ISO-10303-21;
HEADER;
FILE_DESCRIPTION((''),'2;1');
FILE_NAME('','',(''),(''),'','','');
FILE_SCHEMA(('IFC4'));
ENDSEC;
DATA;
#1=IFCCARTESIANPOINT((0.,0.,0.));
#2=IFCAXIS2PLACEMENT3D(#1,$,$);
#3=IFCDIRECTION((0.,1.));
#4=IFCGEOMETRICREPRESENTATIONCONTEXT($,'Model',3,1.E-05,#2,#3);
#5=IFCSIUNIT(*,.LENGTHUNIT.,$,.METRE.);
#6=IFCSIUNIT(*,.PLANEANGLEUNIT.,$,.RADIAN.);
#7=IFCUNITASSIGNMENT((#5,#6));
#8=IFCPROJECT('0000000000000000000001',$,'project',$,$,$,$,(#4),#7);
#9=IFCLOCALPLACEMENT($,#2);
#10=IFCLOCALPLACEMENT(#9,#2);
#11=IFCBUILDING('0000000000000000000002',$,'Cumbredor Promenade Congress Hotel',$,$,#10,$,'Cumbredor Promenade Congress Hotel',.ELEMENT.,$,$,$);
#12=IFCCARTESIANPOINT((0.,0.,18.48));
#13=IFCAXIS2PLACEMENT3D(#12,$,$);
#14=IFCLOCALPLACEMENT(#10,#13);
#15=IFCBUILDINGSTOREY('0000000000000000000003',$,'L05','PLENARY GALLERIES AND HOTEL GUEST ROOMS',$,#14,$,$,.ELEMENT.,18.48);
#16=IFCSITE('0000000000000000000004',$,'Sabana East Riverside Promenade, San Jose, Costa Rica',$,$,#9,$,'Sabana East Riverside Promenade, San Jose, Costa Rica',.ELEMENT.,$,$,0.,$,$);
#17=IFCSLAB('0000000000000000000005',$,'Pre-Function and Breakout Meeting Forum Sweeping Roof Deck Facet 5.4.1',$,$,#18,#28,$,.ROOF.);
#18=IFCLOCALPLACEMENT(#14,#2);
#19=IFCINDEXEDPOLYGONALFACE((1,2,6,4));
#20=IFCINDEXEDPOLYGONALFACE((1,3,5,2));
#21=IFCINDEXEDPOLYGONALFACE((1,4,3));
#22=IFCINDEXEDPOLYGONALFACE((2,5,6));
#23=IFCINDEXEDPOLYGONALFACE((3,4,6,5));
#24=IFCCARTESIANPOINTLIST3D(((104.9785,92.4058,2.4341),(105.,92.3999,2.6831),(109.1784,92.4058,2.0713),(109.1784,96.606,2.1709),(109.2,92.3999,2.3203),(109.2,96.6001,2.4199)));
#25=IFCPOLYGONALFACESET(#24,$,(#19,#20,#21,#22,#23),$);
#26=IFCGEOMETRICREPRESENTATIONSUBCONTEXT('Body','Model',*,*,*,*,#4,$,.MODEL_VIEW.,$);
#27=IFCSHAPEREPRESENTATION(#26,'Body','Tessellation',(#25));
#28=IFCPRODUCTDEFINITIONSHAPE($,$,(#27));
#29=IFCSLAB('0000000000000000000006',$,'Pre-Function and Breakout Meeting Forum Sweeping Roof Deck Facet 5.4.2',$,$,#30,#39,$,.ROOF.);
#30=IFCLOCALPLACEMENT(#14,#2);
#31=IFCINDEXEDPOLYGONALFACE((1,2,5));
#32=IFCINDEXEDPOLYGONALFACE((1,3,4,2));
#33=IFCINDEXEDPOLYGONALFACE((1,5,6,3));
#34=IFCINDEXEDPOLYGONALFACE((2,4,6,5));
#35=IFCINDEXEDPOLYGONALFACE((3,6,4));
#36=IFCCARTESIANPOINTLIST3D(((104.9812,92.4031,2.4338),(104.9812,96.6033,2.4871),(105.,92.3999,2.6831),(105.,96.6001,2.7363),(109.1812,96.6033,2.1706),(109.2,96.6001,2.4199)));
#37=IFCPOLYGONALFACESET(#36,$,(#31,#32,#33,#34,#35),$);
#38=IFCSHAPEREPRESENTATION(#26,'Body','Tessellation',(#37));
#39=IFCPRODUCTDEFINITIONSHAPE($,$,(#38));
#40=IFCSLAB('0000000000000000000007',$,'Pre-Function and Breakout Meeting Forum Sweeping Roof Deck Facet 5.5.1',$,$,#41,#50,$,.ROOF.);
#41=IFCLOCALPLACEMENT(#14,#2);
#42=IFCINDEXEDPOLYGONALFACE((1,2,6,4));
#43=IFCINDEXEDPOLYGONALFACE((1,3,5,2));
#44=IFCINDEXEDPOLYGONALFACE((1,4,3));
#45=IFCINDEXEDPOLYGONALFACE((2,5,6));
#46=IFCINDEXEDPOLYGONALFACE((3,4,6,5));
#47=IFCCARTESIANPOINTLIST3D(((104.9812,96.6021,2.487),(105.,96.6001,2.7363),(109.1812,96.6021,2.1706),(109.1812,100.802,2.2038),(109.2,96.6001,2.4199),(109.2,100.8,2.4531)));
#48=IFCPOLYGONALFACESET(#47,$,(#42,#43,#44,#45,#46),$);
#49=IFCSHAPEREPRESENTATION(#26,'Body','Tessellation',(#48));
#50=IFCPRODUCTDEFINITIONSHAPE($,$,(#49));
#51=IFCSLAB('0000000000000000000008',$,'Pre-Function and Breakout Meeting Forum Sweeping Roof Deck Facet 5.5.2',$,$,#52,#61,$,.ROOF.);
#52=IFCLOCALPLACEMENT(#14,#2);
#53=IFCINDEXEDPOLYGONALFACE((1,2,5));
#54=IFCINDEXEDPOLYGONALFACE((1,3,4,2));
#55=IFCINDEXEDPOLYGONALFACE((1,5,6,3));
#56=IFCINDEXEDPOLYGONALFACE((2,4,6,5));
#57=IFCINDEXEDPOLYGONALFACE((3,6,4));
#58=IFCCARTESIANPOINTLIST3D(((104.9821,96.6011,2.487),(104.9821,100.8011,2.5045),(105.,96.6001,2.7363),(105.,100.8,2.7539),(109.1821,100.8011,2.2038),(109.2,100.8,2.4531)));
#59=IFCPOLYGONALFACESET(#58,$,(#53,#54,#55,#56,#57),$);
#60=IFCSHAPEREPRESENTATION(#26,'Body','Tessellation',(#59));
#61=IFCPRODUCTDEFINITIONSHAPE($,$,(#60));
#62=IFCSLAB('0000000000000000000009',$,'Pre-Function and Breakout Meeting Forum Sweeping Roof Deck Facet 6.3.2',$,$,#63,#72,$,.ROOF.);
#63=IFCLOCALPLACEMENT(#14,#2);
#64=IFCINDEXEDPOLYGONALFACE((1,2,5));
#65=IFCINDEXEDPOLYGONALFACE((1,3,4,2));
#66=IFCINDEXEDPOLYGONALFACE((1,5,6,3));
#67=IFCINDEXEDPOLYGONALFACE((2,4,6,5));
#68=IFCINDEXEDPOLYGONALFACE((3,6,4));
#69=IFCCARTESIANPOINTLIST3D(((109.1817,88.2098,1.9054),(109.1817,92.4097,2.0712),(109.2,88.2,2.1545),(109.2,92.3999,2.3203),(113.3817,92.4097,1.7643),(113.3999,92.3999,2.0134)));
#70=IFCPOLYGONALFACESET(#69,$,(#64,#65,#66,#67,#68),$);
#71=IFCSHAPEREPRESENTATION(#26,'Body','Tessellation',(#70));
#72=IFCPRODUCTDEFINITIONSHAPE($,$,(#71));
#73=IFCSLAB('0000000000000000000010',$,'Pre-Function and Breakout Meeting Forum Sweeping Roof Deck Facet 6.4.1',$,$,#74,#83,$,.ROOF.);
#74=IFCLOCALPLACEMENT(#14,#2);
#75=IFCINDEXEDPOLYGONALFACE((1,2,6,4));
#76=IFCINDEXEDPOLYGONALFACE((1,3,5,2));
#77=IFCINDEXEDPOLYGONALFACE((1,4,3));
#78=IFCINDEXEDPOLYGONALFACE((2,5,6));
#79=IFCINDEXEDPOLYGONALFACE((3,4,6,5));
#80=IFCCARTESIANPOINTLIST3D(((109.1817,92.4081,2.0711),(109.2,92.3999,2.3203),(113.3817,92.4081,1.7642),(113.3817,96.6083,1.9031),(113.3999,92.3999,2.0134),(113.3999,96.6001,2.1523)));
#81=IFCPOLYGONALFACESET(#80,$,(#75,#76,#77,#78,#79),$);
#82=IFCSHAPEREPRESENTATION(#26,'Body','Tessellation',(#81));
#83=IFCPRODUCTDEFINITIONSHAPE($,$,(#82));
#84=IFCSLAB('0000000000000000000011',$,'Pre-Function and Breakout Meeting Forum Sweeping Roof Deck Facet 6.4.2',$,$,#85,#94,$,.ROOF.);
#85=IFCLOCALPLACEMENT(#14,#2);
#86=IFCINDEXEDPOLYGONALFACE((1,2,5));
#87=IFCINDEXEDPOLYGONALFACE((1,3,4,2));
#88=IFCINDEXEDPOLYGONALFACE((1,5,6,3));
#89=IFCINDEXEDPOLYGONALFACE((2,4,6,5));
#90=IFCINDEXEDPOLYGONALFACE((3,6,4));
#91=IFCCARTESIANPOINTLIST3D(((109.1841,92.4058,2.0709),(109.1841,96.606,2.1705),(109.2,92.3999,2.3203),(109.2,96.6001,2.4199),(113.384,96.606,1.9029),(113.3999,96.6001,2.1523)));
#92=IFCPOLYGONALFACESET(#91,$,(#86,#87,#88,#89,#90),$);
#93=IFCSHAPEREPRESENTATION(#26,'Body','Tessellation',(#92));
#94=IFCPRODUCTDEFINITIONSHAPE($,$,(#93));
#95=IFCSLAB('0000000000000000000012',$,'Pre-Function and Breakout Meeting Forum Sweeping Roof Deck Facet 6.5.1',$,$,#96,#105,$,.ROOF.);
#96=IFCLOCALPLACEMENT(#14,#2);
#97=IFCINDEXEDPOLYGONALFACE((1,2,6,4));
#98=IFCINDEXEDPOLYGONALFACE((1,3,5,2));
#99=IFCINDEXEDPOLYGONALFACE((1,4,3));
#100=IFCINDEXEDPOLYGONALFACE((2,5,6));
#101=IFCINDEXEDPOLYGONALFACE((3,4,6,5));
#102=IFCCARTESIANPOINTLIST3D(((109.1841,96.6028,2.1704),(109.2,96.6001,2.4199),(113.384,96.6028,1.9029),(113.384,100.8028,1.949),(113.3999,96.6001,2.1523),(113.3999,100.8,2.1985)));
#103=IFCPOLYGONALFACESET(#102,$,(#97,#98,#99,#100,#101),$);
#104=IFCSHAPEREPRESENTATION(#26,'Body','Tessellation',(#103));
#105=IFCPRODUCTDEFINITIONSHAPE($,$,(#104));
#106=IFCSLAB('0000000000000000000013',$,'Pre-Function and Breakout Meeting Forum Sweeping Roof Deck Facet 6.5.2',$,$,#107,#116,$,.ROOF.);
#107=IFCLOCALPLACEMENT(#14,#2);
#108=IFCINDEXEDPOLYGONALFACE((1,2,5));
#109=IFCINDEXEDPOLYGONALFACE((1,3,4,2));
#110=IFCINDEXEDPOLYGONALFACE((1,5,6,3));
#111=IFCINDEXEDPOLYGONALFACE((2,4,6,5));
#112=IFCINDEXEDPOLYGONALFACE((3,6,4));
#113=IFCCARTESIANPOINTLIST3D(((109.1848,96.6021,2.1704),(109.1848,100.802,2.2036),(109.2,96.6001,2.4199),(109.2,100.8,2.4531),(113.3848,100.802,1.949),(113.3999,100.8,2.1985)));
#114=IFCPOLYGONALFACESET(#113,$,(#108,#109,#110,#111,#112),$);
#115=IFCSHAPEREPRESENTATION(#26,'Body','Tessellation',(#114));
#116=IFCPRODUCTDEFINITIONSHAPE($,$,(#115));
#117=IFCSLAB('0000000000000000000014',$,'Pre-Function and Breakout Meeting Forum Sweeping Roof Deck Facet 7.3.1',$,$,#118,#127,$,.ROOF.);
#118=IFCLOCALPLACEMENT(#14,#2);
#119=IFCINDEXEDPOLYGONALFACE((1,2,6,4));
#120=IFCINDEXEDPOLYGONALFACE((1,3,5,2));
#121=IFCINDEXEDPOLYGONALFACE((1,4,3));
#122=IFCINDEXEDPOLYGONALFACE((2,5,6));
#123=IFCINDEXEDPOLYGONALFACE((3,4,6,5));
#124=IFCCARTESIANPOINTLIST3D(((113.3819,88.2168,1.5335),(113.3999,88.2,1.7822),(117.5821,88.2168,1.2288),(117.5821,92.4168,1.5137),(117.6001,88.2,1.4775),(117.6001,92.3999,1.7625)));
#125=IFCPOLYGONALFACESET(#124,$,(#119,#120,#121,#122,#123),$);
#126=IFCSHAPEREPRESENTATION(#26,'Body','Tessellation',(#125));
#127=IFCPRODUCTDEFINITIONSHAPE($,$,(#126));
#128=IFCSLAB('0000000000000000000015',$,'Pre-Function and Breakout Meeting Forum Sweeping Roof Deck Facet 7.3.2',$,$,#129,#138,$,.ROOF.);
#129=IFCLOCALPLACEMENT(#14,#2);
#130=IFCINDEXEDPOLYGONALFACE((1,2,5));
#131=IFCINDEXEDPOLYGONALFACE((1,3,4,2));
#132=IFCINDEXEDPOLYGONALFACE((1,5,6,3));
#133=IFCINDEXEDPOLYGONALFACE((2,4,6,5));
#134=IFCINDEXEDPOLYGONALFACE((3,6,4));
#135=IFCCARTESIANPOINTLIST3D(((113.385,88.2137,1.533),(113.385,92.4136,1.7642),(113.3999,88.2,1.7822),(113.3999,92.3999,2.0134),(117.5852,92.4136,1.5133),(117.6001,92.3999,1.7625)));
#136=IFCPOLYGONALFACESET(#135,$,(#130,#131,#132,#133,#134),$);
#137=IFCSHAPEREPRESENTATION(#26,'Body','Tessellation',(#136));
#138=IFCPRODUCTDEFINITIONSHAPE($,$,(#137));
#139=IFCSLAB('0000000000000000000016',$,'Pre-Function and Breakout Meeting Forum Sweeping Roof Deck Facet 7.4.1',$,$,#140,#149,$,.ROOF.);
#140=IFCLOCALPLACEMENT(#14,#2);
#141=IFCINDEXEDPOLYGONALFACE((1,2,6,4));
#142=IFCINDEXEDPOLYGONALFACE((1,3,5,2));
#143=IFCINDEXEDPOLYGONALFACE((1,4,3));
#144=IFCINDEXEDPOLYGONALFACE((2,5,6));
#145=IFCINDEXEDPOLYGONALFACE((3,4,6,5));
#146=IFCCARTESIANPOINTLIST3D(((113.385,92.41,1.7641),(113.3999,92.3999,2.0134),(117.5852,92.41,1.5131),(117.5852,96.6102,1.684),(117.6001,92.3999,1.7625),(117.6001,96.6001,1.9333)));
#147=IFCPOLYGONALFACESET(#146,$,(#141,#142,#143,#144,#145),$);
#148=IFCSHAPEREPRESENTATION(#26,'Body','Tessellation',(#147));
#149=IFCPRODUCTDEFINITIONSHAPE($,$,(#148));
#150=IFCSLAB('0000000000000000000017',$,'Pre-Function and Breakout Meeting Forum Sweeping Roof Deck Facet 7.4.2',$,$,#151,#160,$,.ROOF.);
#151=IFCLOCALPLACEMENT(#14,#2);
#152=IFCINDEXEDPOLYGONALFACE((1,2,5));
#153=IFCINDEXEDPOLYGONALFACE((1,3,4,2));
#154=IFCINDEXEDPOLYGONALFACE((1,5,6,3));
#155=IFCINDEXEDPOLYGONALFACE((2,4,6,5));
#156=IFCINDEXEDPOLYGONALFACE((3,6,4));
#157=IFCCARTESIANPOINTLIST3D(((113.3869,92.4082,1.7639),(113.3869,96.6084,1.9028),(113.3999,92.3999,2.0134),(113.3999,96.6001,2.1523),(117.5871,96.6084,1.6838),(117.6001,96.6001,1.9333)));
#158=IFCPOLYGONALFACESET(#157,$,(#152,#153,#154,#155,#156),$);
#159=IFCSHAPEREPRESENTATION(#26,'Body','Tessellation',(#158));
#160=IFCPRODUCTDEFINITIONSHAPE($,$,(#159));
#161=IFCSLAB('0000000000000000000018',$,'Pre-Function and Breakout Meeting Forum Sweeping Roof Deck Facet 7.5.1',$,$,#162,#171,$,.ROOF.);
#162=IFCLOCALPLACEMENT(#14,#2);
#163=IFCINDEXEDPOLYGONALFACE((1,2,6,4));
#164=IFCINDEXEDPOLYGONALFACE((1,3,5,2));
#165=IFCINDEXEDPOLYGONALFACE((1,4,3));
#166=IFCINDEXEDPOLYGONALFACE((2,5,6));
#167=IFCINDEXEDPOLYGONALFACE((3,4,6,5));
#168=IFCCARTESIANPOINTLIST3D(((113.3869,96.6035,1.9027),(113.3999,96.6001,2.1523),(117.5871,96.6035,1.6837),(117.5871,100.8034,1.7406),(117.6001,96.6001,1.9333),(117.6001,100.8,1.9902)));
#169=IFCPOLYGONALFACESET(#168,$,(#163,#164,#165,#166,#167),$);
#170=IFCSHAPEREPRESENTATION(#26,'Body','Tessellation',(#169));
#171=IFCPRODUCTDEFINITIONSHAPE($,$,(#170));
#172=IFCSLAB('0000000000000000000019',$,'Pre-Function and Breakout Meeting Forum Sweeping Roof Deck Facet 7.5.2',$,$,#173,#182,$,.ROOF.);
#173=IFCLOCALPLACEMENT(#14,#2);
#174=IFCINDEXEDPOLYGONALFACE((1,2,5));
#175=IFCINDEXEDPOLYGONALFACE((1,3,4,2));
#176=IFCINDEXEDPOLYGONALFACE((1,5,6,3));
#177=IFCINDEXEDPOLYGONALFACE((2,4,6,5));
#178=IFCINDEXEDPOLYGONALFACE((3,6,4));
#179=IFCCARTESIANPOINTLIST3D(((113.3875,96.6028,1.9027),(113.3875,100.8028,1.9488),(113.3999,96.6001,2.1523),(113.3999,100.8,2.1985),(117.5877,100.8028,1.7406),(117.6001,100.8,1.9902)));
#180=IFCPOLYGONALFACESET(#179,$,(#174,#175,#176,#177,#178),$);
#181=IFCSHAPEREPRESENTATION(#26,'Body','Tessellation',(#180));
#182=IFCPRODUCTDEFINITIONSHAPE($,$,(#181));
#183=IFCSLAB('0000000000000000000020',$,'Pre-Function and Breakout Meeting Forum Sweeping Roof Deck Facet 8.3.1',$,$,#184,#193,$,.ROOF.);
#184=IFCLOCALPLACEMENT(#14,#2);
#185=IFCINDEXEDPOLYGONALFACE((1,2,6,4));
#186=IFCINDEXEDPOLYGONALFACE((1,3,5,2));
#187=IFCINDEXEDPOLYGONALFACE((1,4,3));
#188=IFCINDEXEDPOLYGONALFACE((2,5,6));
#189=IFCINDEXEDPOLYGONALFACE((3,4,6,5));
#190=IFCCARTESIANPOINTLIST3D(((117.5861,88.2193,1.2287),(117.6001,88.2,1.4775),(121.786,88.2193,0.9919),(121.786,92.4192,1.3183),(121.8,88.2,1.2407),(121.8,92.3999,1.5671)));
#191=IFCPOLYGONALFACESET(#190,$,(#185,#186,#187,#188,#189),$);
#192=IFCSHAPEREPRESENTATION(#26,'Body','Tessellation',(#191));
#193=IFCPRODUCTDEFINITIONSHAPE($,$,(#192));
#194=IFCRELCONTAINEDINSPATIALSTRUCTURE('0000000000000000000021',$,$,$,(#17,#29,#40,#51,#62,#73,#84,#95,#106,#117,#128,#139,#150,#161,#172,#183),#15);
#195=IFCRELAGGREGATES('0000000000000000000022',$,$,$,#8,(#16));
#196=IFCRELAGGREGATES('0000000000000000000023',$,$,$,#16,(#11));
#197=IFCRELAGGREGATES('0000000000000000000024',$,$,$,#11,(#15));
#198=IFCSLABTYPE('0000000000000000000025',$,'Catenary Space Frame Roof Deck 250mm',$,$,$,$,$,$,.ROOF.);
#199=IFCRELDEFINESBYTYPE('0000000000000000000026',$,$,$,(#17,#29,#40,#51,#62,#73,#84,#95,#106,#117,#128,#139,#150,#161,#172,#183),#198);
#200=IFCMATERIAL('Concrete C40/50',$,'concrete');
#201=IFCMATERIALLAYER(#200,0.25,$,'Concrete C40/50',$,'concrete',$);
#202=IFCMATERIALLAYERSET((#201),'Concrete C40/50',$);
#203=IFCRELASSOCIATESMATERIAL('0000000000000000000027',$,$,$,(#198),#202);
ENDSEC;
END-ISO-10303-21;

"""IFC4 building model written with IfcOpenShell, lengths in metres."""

from ifc_helpers import new_model, si_unit, direction, frame, origin, place, context, subcontext, project, spatial, polyline, outline, extrude, material, layer, layer_set, type_object, element, save


model = new_model("IFC4")

# Units and contexts
model_context = context("Model", 3, precision=1e-05, world=origin(), true_north=direction((0.0, 1.0)))
body_context = subcontext(model_context, "Body", "Model", "MODEL_VIEW")
ifc_project = project(units=[si_unit("LENGTHUNIT", "METRE"), si_unit("PLANEANGLEUNIT", "RADIAN")], contexts=[model_context])

# Site, building, storey
site_placement = place(None, origin())
site = spatial("IfcSite", under=ifc_project, at=site_placement, Name="Sabana East Riverside Promenade, San Jose, Costa Rica", LongName="Sabana East Riverside Promenade, San Jose, Costa Rica", CompositionType="ELEMENT", RefElevation=0.0)
building_placement = place(site_placement, origin())
building = spatial("IfcBuilding", under=site, at=building_placement, Name="Cumbredor Promenade Congress Hotel", LongName="Cumbredor Promenade Congress Hotel", CompositionType="ELEMENT")
storey_placement = place(building_placement, frame((0.0, 0.0, 18.48)))
storey = spatial("IfcBuildingStorey", under=building, at=storey_placement, Name="L05", Description="PLENARY GALLERIES AND HOTEL GUEST ROOMS", CompositionType="ELEMENT", Elevation=18.48)

# Slabs
ifc_material_1 = material(Name="Concrete C40/50", Category="concrete")
ifc_layer_1 = layer(ifc_material_1, 0.25, Name="Concrete C40/50", Category="concrete")
ifc_layer_set_1 = layer_set([ifc_layer_1], Name="Concrete C40/50")
slab_type = type_object("IfcSlabType", Name="Catenary Space Frame Roof Deck 250mm", PredefinedType="ROOF", material=ifc_layer_set_1)
slab_1_placement = place(storey_placement, frame((105.0, 92.3999, 2.6831), z_axis=(0.086036, -0.023621, 0.996012), x_axis=(0.99629, 0.0, -0.08606)))
element("IfcSlab", 1, at=slab_1_placement, inside=storey, type_object=slab_type, Name="Pre-Function and Breakout Meeting Forum Sweeping Roof Deck Facet 5.4.1", PredefinedType="ROOF", context=body_context, shape_type="SweptSolid", body=[
    extrude(outline(polyline([(0.0, 0.0), (4.2156, 0.0), (4.207, 4.2014), (0.0, 0.0)])), origin(), (0.0, 0.0, -1.0), 0.25),
])
slab_2_placement = place(storey_placement, frame((105.0, 92.3999, 2.6831), z_axis=(0.075117, -0.012635, 0.997095), x_axis=(0.706393, 0.706434, -0.044265)))
element("IfcSlab", 2, at=slab_2_placement, inside=storey, type_object=slab_type, Name="Pre-Function and Breakout Meeting Forum Sweeping Roof Deck Facet 5.4.2", PredefinedType="ROOF", context=body_context, shape_type="SweptSolid", body=[
    extrude(outline(polyline([(0.0, 0.0), (5.9456, 0.0), (2.9648, 2.9756), (0.0, 0.0)])), origin(), (0.0, 0.0, -1.0), 0.25),
])
slab_3_placement = place(storey_placement, frame((105.0, 96.6001, 2.7363), z_axis=(0.07512, -0.007883, 0.997143), x_axis=(0.997174, 0.0, -0.075123)))
element("IfcSlab", 3, at=slab_3_placement, inside=storey, type_object=slab_type, Name="Pre-Function and Breakout Meeting Forum Sweeping Roof Deck Facet 5.5.1", PredefinedType="ROOF", context=body_context, shape_type="SweptSolid", body=[
    extrude(outline(polyline([(0.0, 0.0), (4.2119, 0.0), (4.2094, 4.2001), (0.0, 0.0)])), origin(), (0.0, 0.0, -1.0), 0.25),
])
slab_4_placement = place(storey_placement, frame((105.0, 96.6001, 2.7363), z_axis=(0.071432, -0.004175, 0.997437), x_axis=(0.706304, 0.706304, -0.047626)))
element("IfcSlab", 4, at=slab_4_placement, inside=storey, type_object=slab_type, Name="Pre-Function and Breakout Meeting Forum Sweeping Roof Deck Facet 5.5.2", PredefinedType="ROOF", context=body_context, shape_type="SweptSolid", body=[
    extrude(outline(polyline([(0.0, 0.0), (5.9464, 0.0), (2.9656, 2.9741), (0.0, 0.0)])), origin(), (0.0, 0.0, -1.0), 0.25),
])
slab_5_placement = place(storey_placement, frame((109.2, 88.2, 2.1545), z_axis=(0.072818, -0.039334, 0.996569), x_axis=(0.706907, 0.706907, -0.023751)))
element("IfcSlab", 5, at=slab_5_placement, inside=storey, type_object=slab_type, Name="Pre-Function and Breakout Meeting Forum Sweeping Roof Deck Facet 6.3.2", PredefinedType="ROOF", context=body_context, shape_type="SweptSolid", body=[
    extrude(outline(polyline([(0.0, 0.0), (5.9413, 0.0), (2.965, 2.9792), (0.0, 0.0)])), origin(), (0.0, 0.0, -1.0), 0.25),
])
slab_6_placement = place(storey_placement, frame((109.2, 92.3999, 2.3203), z_axis=(0.072835, -0.032968, 0.996799), x_axis=(0.997341, 0.0, -0.072874)))
element("IfcSlab", 6, at=slab_6_placement, inside=storey, type_object=slab_type, Name="Pre-Function and Breakout Meeting Forum Sweeping Roof Deck Facet 6.4.1", PredefinedType="ROOF", context=body_context, shape_type="SweptSolid", body=[
    extrude(outline(polyline([(0.0, 0.0), (4.2111, 0.0), (4.201, 4.2025), (0.0, 0.0)])), origin(), (0.0, 0.0, -1.0), 0.25),
])
slab_7_placement = place(storey_placement, frame((109.2, 92.3999, 2.3203), z_axis=(0.063563, -0.023661, 0.997697), x_axis=(0.706804, 0.706845, -0.028267)))
element("IfcSlab", 7, at=slab_7_placement, inside=storey, type_object=slab_type, Name="Pre-Function and Breakout Meeting Forum Sweeping Roof Deck Facet 6.4.2", PredefinedType="ROOF", context=body_context, shape_type="SweptSolid", body=[
    extrude(outline(polyline([(0.0, 0.0), (5.9422, 0.0), (2.9661, 2.9756), (0.0, 0.0)])), origin(), (0.0, 0.0, -1.0), 0.25),
])
slab_8_placement = place(storey_placement, frame((109.2, 96.6001, 2.4199), z_axis=(0.063577, -0.010964, 0.997917), x_axis=(0.997977, 0.0, -0.063581)))
element("IfcSlab", 8, at=slab_8_placement, inside=storey, type_object=slab_type, Name="Pre-Function and Breakout Meeting Forum Sweeping Roof Deck Facet 6.5.1", PredefinedType="ROOF", context=body_context, shape_type="SweptSolid", body=[
    extrude(outline(polyline([(0.0, 0.0), (4.2085, 0.0), (4.2055, 4.2002), (0.0, 0.0)])), origin(), (0.0, 0.0, -1.0), 0.25),
])
slab_9_placement = place(storey_placement, frame((109.2, 96.6001, 2.4199), z_axis=(0.060516, -0.007891, 0.998136), x_axis=(0.706616, 0.706616, -0.037255)))
element("IfcSlab", 9, at=slab_9_placement, inside=storey, type_object=slab_type, Name="Pre-Function and Breakout Meeting Forum Sweeping Roof Deck Facet 6.5.2", PredefinedType="ROOF", context=body_context, shape_type="SweptSolid", body=[
    extrude(outline(polyline([(0.0, 0.0), (5.9438, 0.0), (2.9665, 2.9733), (0.0, 0.0)])), origin(), (0.0, 0.0, -1.0), 0.25),
])
slab_10_placement = place(storey_placement, frame((113.3999, 88.2, 1.7822), z_axis=(0.072186, -0.067505, 0.995104), x_axis=(0.997379, 0.0, -0.072351)))
element("IfcSlab", 10, at=slab_10_placement, inside=storey, type_object=slab_type, Name="Pre-Function and Breakout Meeting Forum Sweeping Roof Deck Facet 7.3.1", PredefinedType="ROOF", context=body_context, shape_type="SweptSolid", body=[
    extrude(outline(polyline([(0.0, 0.0), (4.2112, 0.0), (4.1906, 4.2096), (0.0, 0.0)])), origin(), (0.0, 0.0, -1.0), 0.25),
])
slab_11_placement = place(storey_placement, frame((113.3999, 88.2, 1.7822), z_axis=(0.059557, -0.054868, 0.996716), x_axis=(0.707123, 0.707082, -0.003329)))
element("IfcSlab", 11, at=slab_11_placement, inside=storey, type_object=slab_type, Name="Pre-Function and Breakout Meeting Forum Sweeping Roof Deck Facet 7.3.2", PredefinedType="ROOF", context=body_context, shape_type="SweptSolid", body=[
    extrude(outline(polyline([(0.0, 0.0), (5.9398, 0.0), (2.9689, 2.9797), (0.0, 0.0)])), origin(), (0.0, 0.0, -1.0), 0.25),
])
slab_12_placement = place(storey_placement, frame((113.3999, 92.3999, 2.0134), z_axis=(0.059598, -0.040582, 0.997397), x_axis=(0.99822, 0.0, -0.059647)))
element("IfcSlab", 12, at=slab_12_placement, inside=storey, type_object=slab_type, Name="Pre-Function and Breakout Meeting Forum Sweeping Roof Deck Facet 7.4.1", PredefinedType="ROOF", context=body_context, shape_type="SweptSolid", body=[
    extrude(outline(polyline([(0.0, 0.0), (4.2077, 0.0), (4.1975, 4.2037), (0.0, 0.0)])), origin(), (0.0, 0.0, -1.0), 0.25),
])
slab_13_placement = place(storey_placement, frame((113.3999, 92.3999, 2.0134), z_axis=(0.05204, -0.033011, 0.998099), x_axis=(0.707043, 0.707043, -0.01348)))
element("IfcSlab", 13, at=slab_13_placement, inside=storey, type_object=slab_type, Name="Pre-Function and Breakout Meeting Forum Sweeping Roof Deck Facet 7.4.2", PredefinedType="ROOF", context=body_context, shape_type="SweptSolid", body=[
    extrude(outline(polyline([(0.0, 0.0), (5.9405, 0.0), (2.9678, 2.9754), (0.0, 0.0)])), origin(), (0.0, 0.0, -1.0), 0.25),
])
slab_14_placement = place(storey_placement, frame((113.3999, 96.6001, 2.1523), z_axis=(0.052064, -0.013525, 0.998552), x_axis=(0.998644, 0.0, -0.052068)))
element("IfcSlab", 14, at=slab_14_placement, inside=storey, type_object=slab_type, Name="Pre-Function and Breakout Meeting Forum Sweeping Roof Deck Facet 7.5.1", PredefinedType="ROOF", context=body_context, shape_type="SweptSolid", body=[
    extrude(outline(polyline([(0.0, 0.0), (4.2059, 0.0), (4.2029, 4.2003), (0.0, 0.0)])), origin(), (0.0, 0.0, -1.0), 0.25),
])
slab_15_placement = place(storey_placement, frame((113.3999, 96.6001, 2.1523), z_axis=(0.049518, -0.010972, 0.998713), x_axis=(0.706864, 0.706823, -0.027282)))
element("IfcSlab", 15, at=slab_15_placement, inside=storey, type_object=slab_type, Name="Pre-Function and Breakout Meeting Forum Sweeping Roof Deck Facet 7.5.2", PredefinedType="ROOF", context=body_context, shape_type="SweptSolid", body=[
    extrude(outline(polyline([(0.0, 0.0), (5.942, 0.0), (2.9674, 2.9726), (0.0, 0.0)])), origin(), (0.0, 0.0, -1.0), 0.25),
])
slab_16_placement = place(storey_placement, frame((117.6001, 88.2, 1.4775), z_axis=(0.056127, -0.077363, 0.995422), x_axis=(0.998414, 0.0, -0.056296)))
element("IfcSlab", 16, at=slab_16_placement, inside=storey, type_object=slab_type, Name="Pre-Function and Breakout Meeting Forum Sweeping Roof Deck Facet 8.3.1", PredefinedType="ROOF", context=body_context, shape_type="SweptSolid", body=[
    extrude(outline(polyline([(0.0, 0.0), (4.2066, 0.0), (4.1882, 4.2126), (0.0, 0.0)])), origin(), (0.0, 0.0, -1.0), 0.25),
])

save(model, "model.ifc")
